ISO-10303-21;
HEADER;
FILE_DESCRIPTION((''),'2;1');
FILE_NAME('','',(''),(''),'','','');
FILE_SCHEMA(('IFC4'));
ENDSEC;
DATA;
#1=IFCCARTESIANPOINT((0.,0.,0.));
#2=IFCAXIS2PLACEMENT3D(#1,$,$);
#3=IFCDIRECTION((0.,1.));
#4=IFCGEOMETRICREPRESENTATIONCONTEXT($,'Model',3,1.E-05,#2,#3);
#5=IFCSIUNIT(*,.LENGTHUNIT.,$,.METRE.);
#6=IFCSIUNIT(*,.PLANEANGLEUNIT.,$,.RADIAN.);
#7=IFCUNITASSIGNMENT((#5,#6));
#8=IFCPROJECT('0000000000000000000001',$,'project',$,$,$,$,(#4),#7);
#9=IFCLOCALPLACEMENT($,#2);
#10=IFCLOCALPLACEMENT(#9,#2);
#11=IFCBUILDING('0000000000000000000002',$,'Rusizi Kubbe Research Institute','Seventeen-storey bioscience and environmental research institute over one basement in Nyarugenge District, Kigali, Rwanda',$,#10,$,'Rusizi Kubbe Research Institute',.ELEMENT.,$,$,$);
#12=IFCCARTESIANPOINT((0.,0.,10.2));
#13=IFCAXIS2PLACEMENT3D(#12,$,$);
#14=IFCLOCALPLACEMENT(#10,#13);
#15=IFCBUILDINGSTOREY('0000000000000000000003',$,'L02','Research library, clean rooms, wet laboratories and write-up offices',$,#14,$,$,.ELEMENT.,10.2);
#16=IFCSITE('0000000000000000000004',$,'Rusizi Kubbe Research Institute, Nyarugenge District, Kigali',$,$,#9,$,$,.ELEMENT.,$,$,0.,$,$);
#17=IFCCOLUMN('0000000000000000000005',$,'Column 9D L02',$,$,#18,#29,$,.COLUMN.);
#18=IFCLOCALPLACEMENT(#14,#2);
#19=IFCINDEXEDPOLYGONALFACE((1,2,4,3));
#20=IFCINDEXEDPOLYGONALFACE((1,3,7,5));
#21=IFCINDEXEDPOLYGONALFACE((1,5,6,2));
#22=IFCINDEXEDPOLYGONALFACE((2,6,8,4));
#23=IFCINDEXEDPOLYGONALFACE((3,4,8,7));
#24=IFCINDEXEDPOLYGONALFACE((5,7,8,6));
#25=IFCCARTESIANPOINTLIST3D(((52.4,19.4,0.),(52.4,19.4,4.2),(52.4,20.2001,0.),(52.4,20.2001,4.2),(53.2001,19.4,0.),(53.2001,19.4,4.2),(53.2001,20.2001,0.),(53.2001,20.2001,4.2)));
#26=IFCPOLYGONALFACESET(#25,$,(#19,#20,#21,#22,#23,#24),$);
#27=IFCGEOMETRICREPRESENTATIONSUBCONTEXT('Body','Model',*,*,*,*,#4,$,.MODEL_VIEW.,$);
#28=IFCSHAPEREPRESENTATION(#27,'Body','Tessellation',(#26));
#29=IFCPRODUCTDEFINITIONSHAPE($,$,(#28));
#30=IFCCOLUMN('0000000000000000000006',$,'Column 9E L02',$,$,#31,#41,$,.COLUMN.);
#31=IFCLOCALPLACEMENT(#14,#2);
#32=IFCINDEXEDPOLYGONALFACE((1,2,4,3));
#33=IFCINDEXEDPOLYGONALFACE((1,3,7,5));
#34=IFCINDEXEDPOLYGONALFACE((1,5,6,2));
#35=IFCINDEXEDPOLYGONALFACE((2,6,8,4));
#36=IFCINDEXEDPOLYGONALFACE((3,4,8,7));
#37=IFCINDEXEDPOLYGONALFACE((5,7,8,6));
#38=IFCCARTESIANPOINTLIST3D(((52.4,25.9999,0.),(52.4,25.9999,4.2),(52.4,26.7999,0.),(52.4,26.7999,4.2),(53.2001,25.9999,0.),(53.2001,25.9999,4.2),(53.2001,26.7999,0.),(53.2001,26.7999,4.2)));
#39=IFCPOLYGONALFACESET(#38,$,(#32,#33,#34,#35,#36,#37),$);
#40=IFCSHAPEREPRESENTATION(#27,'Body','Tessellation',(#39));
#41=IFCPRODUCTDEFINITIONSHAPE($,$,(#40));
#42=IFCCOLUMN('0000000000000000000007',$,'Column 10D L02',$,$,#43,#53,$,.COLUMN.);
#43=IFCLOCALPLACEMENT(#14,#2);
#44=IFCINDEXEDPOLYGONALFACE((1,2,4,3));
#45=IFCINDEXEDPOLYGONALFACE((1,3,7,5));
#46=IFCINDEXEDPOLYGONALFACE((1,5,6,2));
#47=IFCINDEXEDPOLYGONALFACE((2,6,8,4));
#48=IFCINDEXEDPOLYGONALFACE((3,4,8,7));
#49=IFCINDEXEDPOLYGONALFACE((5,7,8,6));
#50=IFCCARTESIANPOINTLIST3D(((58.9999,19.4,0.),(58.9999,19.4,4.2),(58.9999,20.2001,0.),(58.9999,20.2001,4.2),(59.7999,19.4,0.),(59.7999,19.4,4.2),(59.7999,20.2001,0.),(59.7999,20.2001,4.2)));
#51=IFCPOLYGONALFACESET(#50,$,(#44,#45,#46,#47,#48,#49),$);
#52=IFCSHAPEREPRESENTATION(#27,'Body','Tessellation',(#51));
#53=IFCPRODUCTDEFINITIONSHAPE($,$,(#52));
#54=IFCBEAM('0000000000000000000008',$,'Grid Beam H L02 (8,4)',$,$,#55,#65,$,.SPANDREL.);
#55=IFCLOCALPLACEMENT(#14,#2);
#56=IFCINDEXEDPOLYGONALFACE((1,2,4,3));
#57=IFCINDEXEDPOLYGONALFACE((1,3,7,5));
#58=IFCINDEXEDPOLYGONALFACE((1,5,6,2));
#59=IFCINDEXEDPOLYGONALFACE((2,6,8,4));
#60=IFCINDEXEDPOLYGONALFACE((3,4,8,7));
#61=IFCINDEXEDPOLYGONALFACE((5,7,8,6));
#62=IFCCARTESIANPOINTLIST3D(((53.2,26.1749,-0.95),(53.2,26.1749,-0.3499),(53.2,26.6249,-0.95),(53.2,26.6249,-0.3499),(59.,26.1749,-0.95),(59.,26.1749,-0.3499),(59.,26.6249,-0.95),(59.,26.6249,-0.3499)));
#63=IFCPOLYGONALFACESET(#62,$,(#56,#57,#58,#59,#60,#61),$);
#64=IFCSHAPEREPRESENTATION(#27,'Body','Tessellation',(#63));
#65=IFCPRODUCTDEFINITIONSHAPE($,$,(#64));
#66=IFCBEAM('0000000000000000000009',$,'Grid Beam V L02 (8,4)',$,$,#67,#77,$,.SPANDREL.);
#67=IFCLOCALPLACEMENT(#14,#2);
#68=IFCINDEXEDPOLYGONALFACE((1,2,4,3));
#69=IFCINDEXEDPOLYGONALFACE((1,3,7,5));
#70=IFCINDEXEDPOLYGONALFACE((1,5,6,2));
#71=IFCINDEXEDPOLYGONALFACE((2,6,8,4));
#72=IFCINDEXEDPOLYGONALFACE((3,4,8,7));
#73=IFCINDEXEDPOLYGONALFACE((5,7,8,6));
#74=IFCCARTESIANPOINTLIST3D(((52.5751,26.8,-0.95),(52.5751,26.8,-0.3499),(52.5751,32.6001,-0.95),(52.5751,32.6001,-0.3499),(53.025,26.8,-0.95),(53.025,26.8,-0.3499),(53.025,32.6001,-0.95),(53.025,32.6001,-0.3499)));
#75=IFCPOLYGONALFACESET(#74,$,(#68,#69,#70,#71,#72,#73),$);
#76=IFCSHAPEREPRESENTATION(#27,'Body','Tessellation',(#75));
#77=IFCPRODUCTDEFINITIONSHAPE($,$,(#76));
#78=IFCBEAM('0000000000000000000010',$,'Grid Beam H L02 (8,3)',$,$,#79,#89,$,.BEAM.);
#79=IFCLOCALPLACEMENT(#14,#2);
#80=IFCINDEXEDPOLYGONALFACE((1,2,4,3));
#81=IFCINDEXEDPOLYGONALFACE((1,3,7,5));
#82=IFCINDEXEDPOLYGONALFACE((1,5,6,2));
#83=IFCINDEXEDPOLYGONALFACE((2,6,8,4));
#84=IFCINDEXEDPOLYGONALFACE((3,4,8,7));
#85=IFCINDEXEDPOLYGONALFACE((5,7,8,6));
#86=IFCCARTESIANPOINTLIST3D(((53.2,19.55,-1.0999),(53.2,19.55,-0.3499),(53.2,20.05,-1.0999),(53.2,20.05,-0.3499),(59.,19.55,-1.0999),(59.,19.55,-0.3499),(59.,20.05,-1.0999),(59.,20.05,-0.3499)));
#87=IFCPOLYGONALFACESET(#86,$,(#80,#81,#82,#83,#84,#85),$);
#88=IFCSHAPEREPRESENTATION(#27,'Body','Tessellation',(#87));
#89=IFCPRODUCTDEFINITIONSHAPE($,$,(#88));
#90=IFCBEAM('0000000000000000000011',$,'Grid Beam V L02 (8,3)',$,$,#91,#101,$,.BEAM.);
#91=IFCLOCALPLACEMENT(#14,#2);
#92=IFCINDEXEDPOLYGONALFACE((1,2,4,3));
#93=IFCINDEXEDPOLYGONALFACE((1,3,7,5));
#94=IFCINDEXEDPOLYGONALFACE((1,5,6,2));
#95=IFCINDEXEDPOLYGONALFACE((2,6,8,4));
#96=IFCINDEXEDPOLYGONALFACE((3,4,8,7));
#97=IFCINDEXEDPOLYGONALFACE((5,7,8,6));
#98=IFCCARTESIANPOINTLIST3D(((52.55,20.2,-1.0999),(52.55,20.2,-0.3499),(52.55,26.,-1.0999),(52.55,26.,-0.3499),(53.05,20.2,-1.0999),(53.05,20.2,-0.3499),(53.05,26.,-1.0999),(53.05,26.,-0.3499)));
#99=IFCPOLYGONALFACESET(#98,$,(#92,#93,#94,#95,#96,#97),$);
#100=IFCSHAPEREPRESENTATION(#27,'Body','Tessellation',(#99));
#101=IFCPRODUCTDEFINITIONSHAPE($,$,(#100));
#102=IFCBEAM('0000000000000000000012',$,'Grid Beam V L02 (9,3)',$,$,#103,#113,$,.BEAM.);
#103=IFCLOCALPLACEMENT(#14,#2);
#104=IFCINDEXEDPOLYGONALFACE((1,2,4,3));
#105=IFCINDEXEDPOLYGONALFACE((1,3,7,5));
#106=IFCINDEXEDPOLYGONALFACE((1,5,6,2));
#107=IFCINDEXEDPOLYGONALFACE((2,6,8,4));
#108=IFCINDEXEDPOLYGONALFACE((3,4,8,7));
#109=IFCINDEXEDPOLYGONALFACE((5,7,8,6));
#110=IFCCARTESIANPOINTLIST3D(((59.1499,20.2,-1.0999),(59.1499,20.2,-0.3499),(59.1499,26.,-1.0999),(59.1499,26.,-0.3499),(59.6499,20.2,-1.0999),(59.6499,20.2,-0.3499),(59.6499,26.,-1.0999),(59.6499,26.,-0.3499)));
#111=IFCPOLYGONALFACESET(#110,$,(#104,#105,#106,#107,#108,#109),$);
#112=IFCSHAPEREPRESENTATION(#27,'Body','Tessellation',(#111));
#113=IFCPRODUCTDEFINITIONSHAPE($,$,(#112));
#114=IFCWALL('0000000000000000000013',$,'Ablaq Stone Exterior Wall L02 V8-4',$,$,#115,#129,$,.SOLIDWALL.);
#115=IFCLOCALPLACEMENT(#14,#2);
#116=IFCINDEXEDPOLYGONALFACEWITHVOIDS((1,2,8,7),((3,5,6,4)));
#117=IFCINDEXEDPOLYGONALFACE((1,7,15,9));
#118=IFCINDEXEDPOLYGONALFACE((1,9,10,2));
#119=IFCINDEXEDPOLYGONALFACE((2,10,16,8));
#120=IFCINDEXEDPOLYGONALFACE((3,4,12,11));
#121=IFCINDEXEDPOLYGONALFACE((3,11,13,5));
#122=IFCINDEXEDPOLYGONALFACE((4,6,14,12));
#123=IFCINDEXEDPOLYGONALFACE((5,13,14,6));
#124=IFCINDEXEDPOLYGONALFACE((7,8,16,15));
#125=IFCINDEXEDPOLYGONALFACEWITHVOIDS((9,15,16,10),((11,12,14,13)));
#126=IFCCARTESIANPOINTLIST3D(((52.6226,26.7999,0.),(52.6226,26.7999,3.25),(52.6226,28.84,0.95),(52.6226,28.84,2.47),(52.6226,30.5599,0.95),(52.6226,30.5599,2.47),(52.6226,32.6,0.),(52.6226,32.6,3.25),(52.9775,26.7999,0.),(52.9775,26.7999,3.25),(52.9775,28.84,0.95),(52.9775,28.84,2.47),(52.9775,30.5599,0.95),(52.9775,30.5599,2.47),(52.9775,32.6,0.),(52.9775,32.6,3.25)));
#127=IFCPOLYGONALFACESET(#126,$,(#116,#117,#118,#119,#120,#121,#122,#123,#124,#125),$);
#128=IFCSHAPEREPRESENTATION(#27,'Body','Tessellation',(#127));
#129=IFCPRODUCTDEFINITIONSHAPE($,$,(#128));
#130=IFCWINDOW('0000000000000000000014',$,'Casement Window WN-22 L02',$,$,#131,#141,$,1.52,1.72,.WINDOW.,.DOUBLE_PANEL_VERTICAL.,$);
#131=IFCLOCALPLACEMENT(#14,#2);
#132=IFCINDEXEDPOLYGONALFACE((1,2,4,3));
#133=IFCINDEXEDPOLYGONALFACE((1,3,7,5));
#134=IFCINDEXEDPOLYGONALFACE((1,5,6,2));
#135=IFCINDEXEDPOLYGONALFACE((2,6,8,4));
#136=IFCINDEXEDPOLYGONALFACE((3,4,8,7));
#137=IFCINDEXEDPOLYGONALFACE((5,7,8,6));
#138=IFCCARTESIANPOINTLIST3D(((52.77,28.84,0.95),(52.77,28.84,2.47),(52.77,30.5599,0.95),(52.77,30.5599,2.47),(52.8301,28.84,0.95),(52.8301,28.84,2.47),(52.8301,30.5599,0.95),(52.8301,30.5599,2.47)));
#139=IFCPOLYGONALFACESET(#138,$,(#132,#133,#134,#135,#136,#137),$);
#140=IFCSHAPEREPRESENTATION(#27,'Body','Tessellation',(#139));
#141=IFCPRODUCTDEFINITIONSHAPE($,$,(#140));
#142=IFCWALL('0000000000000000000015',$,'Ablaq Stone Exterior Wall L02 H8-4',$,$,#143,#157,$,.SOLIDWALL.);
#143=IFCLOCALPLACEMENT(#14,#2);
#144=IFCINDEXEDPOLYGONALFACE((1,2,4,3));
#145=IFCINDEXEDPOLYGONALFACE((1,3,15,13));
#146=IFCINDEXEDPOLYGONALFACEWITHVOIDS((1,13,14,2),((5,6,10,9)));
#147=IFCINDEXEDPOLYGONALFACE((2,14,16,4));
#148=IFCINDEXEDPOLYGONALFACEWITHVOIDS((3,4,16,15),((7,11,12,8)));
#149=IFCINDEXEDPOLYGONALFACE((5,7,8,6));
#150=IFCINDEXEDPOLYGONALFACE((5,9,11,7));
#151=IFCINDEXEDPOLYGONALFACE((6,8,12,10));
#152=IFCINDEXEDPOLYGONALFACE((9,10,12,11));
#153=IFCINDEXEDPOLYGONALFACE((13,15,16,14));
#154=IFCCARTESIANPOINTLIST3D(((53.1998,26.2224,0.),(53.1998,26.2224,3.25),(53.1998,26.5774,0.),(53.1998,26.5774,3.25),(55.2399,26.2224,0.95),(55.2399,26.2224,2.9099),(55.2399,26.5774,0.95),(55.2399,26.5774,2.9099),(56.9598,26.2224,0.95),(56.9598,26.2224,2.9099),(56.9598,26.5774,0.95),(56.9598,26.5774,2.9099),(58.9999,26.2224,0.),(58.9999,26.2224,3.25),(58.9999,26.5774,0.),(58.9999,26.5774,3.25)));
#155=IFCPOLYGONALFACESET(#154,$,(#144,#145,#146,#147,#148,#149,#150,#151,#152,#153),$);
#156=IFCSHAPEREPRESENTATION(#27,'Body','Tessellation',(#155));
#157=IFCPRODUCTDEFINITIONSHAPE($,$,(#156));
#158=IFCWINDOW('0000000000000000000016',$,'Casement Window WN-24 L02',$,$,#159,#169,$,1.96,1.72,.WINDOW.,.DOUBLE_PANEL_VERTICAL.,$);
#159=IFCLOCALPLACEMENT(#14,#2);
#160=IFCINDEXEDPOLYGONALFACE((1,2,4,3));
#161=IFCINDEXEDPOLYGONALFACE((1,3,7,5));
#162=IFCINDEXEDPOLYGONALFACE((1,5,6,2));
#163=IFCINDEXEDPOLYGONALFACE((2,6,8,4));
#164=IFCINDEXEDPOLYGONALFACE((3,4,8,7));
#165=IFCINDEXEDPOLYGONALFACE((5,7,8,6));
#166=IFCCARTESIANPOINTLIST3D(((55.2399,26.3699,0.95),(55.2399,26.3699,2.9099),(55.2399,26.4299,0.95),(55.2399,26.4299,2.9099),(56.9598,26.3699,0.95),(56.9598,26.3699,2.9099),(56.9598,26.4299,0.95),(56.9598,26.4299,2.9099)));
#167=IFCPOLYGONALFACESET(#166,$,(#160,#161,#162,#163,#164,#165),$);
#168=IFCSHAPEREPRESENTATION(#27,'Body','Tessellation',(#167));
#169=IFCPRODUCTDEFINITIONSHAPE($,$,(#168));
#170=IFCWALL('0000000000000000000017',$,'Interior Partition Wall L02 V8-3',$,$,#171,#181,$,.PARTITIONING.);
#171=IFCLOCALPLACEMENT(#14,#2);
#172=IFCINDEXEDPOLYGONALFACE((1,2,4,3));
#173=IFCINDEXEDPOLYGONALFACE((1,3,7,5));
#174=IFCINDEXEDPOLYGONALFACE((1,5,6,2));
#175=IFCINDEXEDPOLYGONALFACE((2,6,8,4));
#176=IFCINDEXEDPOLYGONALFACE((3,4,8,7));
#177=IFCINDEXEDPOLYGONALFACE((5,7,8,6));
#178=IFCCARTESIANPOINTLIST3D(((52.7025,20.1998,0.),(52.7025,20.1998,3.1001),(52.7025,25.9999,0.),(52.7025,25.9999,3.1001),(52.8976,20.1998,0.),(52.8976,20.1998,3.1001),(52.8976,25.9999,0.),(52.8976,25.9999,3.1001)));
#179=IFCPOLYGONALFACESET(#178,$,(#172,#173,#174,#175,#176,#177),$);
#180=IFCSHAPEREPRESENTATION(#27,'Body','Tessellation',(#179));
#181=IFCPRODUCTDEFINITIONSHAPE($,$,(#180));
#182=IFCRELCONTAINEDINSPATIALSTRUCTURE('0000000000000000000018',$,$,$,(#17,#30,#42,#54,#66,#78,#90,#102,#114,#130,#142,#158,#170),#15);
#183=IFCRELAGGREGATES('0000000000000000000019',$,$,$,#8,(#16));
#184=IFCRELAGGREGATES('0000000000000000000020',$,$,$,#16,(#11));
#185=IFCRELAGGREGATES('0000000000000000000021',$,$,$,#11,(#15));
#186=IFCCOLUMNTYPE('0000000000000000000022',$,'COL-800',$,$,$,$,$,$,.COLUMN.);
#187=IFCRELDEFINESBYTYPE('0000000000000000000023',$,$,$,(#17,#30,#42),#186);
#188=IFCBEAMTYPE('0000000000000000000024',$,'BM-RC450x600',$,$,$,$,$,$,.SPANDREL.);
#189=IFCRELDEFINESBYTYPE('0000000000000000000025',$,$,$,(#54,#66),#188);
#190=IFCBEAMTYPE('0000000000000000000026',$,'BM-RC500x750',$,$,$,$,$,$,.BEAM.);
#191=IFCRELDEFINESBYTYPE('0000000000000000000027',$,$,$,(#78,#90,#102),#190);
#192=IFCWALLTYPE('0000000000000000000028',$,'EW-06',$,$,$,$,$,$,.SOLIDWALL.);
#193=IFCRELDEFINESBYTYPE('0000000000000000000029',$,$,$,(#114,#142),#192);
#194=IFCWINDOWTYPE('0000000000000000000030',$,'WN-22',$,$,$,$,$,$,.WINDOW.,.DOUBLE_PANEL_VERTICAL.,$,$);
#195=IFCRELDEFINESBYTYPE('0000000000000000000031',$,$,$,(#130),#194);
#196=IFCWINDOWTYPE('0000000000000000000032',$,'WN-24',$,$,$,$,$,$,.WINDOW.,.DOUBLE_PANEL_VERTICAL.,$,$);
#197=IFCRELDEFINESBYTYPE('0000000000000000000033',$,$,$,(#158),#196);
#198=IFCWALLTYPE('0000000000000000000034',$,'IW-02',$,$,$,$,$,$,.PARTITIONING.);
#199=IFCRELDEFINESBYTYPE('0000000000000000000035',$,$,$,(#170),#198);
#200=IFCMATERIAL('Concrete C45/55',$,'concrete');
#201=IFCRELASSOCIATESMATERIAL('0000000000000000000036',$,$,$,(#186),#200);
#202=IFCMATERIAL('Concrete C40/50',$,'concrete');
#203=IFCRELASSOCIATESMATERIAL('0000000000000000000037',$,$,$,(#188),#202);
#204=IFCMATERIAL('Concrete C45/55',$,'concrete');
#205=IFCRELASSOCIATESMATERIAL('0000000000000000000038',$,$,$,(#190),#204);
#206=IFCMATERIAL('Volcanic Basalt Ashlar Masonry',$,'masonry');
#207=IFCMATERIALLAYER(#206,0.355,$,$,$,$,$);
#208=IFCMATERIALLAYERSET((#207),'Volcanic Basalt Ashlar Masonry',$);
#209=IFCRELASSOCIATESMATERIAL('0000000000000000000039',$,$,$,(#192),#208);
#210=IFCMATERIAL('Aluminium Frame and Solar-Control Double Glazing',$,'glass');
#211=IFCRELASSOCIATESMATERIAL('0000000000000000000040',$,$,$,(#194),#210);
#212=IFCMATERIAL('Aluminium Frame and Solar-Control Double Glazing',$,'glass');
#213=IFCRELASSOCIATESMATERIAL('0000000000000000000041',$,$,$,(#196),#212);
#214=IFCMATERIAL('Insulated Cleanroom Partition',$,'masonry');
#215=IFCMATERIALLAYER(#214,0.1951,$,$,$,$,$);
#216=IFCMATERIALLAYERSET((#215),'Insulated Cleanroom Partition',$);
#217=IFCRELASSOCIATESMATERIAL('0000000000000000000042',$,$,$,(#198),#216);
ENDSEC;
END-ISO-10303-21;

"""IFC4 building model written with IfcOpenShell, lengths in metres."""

from ifc_helpers import new_model, si_unit, direction, frame, frame_2d, origin, origin_2d, place, context, subcontext, project, spatial, rectangle, extrude, material, layer, layer_set, material_profile, profile_set, type_object, element, fill, save


model = new_model("IFC4")

# Units and contexts
model_context = context("Model", 3, precision=1e-05, world=origin(), true_north=direction((0.0, 1.0)))
body_context = subcontext(model_context, "Body", "Model", "MODEL_VIEW")
ifc_project = project(units=[si_unit("LENGTHUNIT", "METRE"), si_unit("PLANEANGLEUNIT", "RADIAN")], contexts=[model_context])

# Site, building, storey
site_placement = place(None, origin())
site = spatial("IfcSite", under=ifc_project, at=site_placement, Name="Rusizi Kubbe Research Institute, Nyarugenge District, Kigali", CompositionType="ELEMENT", RefElevation=0.0)
building_placement = place(site_placement, origin())
building = spatial("IfcBuilding", under=site, at=building_placement, Name="Rusizi Kubbe Research Institute", Description="Seventeen-storey bioscience and environmental research institute over one basement in Nyarugenge District, Kigali, Rwanda", LongName="Rusizi Kubbe Research Institute", CompositionType="ELEMENT")
storey_placement = place(building_placement, frame((0.0, 0.0, 10.2)))
storey = spatial("IfcBuildingStorey", under=building, at=storey_placement, Name="L02", Description="Research library, clean rooms, wet laboratories and write-up offices", CompositionType="ELEMENT", Elevation=10.2)

# Columns
ifc_material_1 = material(Name="Concrete C45/55", Category="concrete")
ifc_material_profile_1 = material_profile(ifc_material_1, rectangle(XDim=0.8, YDim=0.8, at=origin_2d()), Name="RC800x800")
ifc_profile_set_1 = profile_set([ifc_material_profile_1], Name="Concrete C45/55")
column_type = type_object("IfcColumnType", Name="COL-800", PredefinedType="COLUMN", material=ifc_profile_set_1)
for number, where, z_axis, x_axis, name in (
    (1, (52.8, 19.8, 0.0), (0.0, 0.0, 1.0), (1.0, 0.0, 0.0), "Column 9D L02"),
    (2, (52.8, 26.3999, 0.0), (0.0, 0.0, 1.0), (1.0, 0.0, 0.0), "Column 9E L02"),
    (3, (59.3999, 19.8, 0.0), (0.0, 0.0, 1.0), (1.0, 0.0, 0.0), "Column 10D L02"),
):
    element("IfcColumn", number, at=place(storey_placement, frame(where, z_axis=z_axis, x_axis=x_axis)), inside=storey, type_object=column_type, Name=name, PredefinedType="COLUMN", context=body_context, shape_type="SweptSolid", body=[
        extrude(rectangle(XDim=0.8, YDim=0.8, at=origin_2d()), origin(), (0.0, 0.0, 1.0), 4.2),
    ])

# Beams
ifc_material_2 = material(Name="Concrete C40/50", Category="concrete")
ifc_material_profile_2 = material_profile(ifc_material_2, rectangle(XDim=0.45, YDim=0.6001, at=origin_2d()), Name="RC450x600")
ifc_profile_set_2 = profile_set([ifc_material_profile_2], Name="Concrete C40/50")
beam_type_1 = type_object("IfcBeamType", Name="BM-RC450x600", PredefinedType="SPANDREL", material=ifc_profile_set_2)
for number, where, z_axis, x_axis, name in (
    (4, (53.2, 26.3999, -0.6499), (1.0, 0.0, 0.0), (0.0, 1.0, 0.0), "Grid Beam H L02 (8,4)"),
    (5, (52.8, 26.8, -0.6499), (0.0, 1.0, 0.0), (-1.0, 0.0, 0.0), "Grid Beam V L02 (8,4)"),
):
    element("IfcBeam", number, at=place(storey_placement, frame(where, z_axis=z_axis, x_axis=x_axis)), inside=storey, type_object=beam_type_1, Name=name, PredefinedType="SPANDREL", context=body_context, shape_type="SweptSolid", body=[
        extrude(rectangle(XDim=0.45, YDim=0.6001, at=origin_2d()), origin(), (0.0, 0.0, 1.0), 5.8),
    ])
ifc_material_3 = material(Name="Concrete C45/55", Category="concrete")
ifc_material_profile_3 = material_profile(ifc_material_3, rectangle(XDim=0.5, YDim=0.75, at=origin_2d()), Name="RC500x750B")
ifc_profile_set_3 = profile_set([ifc_material_profile_3], Name="Concrete C45/55")
beam_type_2 = type_object("IfcBeamType", Name="BM-RC500x750", PredefinedType="BEAM", material=ifc_profile_set_3)
for number, where, z_axis, x_axis, name in (
    (6, (53.2, 19.8, -0.7249), (1.0, 0.0, 0.0), (0.0, 1.0, 0.0), "Grid Beam H L02 (8,3)"),
    (7, (52.8, 20.2, -0.7249), (0.0, 1.0, 0.0), (-1.0, 0.0, 0.0), "Grid Beam V L02 (8,3)"),
    (8, (59.3999, 20.2, -0.7249), (0.0, 1.0, 0.0), (-1.0, 0.0, 0.0), "Grid Beam V L02 (9,3)"),
):
    element("IfcBeam", number, at=place(storey_placement, frame(where, z_axis=z_axis, x_axis=x_axis)), inside=storey, type_object=beam_type_2, Name=name, PredefinedType="BEAM", context=body_context, shape_type="SweptSolid", body=[
        extrude(rectangle(XDim=0.5, YDim=0.75, at=origin_2d()), origin(), (0.0, 0.0, 1.0), 5.8),
    ])

# Walls, openings, windows
ifc_material_4 = material(Name="Volcanic Basalt Ashlar Masonry", Category="masonry")
ifc_layer_1 = layer(ifc_material_4, 0.355)
ifc_layer_set_1 = layer_set([ifc_layer_1], Name="Volcanic Basalt Ashlar Masonry")
wall_type_1 = type_object("IfcWallType", Name="EW-06", PredefinedType="SOLIDWALL", material=ifc_layer_set_1)
wall_1_placement = place(storey_placement, frame((52.8, 26.8, 0.0), z_axis=(0.0, 0.0, 1.0), x_axis=(0.0, 1.0, 0.0)))
wall_1 = element("IfcWall", 9, at=wall_1_placement, inside=storey, type_object=wall_type_1, Name="Ablaq Stone Exterior Wall L02 V8-4", PredefinedType="SOLIDWALL", context=body_context, shape_type="SweptSolid", body=[
    extrude(rectangle(XDim=5.8, YDim=0.355, at=frame_2d((2.8999, 0.0))), origin(), (0.0, 0.0, 1.0), 3.25),
])
opening_1_placement = place(wall_1_placement, frame((2.04, 0.0, 0.95)))
opening_1 = element("IfcOpeningElement", 10, at=opening_1_placement, cuts=wall_1, PredefinedType="OPENING", context=body_context, shape_type="SweptSolid", body=[
    extrude(rectangle(XDim=1.72, YDim=1.52, at=frame_2d((0.8599, 0.76))), frame((0.0, 0.1875, 0.0), z_axis=(0.0, -1.0, 0.0), x_axis=(1.0, 0.0, 0.0)), (0.0, 0.0, 1.0), 0.375),
])
ifc_material_5 = material(Name="Aluminium Frame and Solar-Control Double Glazing", Category="glass")
window_type_1 = type_object("IfcWindowType", Name="WN-22", PartitioningType="DOUBLE_PANEL_VERTICAL", PredefinedType="WINDOW", material=ifc_material_5)
window_1_placement = place(opening_1_placement, origin())
window_1 = element("IfcWindow", 11, at=window_1_placement, inside=storey, type_object=window_type_1, Name="Casement Window WN-22 L02", OverallHeight=1.52, OverallWidth=1.72, PartitioningType="DOUBLE_PANEL_VERTICAL", PredefinedType="WINDOW", context=body_context, shape_type="SweptSolid", body=[
    extrude(rectangle(XDim=1.72, YDim=1.52, at=frame_2d((0.8599, 0.76))), frame((0.0, 0.03, 0.0), z_axis=(0.0, -1.0, 0.0), x_axis=(1.0, 0.0, 0.0)), (0.0, 0.0, 1.0), 0.0601),
])
fill(opening_1, window_1)
wall_2_placement = place(storey_placement, frame((53.2, 26.3999, 0.0), z_axis=(0.0, 0.0, 1.0), x_axis=(1.0, 0.0, 0.0)))
wall_2 = element("IfcWall", 12, at=wall_2_placement, inside=storey, type_object=wall_type_1, Name="Ablaq Stone Exterior Wall L02 H8-4", PredefinedType="SOLIDWALL", context=body_context, shape_type="SweptSolid", body=[
    extrude(rectangle(XDim=5.8, YDim=0.355, at=frame_2d((2.8999, 0.0))), origin(), (0.0, 0.0, 1.0), 3.25),
])
opening_2_placement = place(wall_2_placement, frame((2.04, 0.0, 0.95)))
opening_2 = element("IfcOpeningElement", 13, at=opening_2_placement, cuts=wall_2, PredefinedType="OPENING", context=body_context, shape_type="SweptSolid", body=[
    extrude(rectangle(XDim=1.72, YDim=1.96, at=frame_2d((0.8599, 0.98))), frame((0.0, 0.1875, 0.0), z_axis=(0.0, -1.0, 0.0), x_axis=(1.0, 0.0, 0.0)), (0.0, 0.0, 1.0), 0.375),
])
ifc_material_6 = material(Name="Aluminium Frame and Solar-Control Double Glazing", Category="glass")
window_type_2 = type_object("IfcWindowType", Name="WN-24", PartitioningType="DOUBLE_PANEL_VERTICAL", PredefinedType="WINDOW", material=ifc_material_6)
window_2_placement = place(opening_2_placement, origin())
window_2 = element("IfcWindow", 14, at=window_2_placement, inside=storey, type_object=window_type_2, Name="Casement Window WN-24 L02", OverallHeight=1.96, OverallWidth=1.72, PartitioningType="DOUBLE_PANEL_VERTICAL", PredefinedType="WINDOW", context=body_context, shape_type="SweptSolid", body=[
    extrude(rectangle(XDim=1.72, YDim=1.96, at=frame_2d((0.8599, 0.98))), frame((0.0, 0.03, 0.0), z_axis=(0.0, -1.0, 0.0), x_axis=(1.0, 0.0, 0.0)), (0.0, 0.0, 1.0), 0.0601),
])
fill(opening_2, window_2)

# Wall
ifc_material_7 = material(Name="Insulated Cleanroom Partition", Category="masonry")
ifc_layer_2 = layer(ifc_material_7, 0.1951)
ifc_layer_set_2 = layer_set([ifc_layer_2], Name="Insulated Cleanroom Partition")
wall_type_2 = type_object("IfcWallType", Name="IW-02", PredefinedType="PARTITIONING", material=ifc_layer_set_2)
wall_3_placement = place(storey_placement, frame((52.8, 20.2, 0.0), z_axis=(0.0, 0.0, 1.0), x_axis=(0.0, 1.0, 0.0)))
element("IfcWall", 15, at=wall_3_placement, inside=storey, type_object=wall_type_2, Name="Interior Partition Wall L02 V8-3", PredefinedType="PARTITIONING", context=body_context, shape_type="SweptSolid", body=[
    extrude(rectangle(XDim=5.8, YDim=0.1951, at=frame_2d((2.8999, 0.0))), origin(), (0.0, 0.0, 1.0), 3.1001),
])

save(model, "model.ifc")
